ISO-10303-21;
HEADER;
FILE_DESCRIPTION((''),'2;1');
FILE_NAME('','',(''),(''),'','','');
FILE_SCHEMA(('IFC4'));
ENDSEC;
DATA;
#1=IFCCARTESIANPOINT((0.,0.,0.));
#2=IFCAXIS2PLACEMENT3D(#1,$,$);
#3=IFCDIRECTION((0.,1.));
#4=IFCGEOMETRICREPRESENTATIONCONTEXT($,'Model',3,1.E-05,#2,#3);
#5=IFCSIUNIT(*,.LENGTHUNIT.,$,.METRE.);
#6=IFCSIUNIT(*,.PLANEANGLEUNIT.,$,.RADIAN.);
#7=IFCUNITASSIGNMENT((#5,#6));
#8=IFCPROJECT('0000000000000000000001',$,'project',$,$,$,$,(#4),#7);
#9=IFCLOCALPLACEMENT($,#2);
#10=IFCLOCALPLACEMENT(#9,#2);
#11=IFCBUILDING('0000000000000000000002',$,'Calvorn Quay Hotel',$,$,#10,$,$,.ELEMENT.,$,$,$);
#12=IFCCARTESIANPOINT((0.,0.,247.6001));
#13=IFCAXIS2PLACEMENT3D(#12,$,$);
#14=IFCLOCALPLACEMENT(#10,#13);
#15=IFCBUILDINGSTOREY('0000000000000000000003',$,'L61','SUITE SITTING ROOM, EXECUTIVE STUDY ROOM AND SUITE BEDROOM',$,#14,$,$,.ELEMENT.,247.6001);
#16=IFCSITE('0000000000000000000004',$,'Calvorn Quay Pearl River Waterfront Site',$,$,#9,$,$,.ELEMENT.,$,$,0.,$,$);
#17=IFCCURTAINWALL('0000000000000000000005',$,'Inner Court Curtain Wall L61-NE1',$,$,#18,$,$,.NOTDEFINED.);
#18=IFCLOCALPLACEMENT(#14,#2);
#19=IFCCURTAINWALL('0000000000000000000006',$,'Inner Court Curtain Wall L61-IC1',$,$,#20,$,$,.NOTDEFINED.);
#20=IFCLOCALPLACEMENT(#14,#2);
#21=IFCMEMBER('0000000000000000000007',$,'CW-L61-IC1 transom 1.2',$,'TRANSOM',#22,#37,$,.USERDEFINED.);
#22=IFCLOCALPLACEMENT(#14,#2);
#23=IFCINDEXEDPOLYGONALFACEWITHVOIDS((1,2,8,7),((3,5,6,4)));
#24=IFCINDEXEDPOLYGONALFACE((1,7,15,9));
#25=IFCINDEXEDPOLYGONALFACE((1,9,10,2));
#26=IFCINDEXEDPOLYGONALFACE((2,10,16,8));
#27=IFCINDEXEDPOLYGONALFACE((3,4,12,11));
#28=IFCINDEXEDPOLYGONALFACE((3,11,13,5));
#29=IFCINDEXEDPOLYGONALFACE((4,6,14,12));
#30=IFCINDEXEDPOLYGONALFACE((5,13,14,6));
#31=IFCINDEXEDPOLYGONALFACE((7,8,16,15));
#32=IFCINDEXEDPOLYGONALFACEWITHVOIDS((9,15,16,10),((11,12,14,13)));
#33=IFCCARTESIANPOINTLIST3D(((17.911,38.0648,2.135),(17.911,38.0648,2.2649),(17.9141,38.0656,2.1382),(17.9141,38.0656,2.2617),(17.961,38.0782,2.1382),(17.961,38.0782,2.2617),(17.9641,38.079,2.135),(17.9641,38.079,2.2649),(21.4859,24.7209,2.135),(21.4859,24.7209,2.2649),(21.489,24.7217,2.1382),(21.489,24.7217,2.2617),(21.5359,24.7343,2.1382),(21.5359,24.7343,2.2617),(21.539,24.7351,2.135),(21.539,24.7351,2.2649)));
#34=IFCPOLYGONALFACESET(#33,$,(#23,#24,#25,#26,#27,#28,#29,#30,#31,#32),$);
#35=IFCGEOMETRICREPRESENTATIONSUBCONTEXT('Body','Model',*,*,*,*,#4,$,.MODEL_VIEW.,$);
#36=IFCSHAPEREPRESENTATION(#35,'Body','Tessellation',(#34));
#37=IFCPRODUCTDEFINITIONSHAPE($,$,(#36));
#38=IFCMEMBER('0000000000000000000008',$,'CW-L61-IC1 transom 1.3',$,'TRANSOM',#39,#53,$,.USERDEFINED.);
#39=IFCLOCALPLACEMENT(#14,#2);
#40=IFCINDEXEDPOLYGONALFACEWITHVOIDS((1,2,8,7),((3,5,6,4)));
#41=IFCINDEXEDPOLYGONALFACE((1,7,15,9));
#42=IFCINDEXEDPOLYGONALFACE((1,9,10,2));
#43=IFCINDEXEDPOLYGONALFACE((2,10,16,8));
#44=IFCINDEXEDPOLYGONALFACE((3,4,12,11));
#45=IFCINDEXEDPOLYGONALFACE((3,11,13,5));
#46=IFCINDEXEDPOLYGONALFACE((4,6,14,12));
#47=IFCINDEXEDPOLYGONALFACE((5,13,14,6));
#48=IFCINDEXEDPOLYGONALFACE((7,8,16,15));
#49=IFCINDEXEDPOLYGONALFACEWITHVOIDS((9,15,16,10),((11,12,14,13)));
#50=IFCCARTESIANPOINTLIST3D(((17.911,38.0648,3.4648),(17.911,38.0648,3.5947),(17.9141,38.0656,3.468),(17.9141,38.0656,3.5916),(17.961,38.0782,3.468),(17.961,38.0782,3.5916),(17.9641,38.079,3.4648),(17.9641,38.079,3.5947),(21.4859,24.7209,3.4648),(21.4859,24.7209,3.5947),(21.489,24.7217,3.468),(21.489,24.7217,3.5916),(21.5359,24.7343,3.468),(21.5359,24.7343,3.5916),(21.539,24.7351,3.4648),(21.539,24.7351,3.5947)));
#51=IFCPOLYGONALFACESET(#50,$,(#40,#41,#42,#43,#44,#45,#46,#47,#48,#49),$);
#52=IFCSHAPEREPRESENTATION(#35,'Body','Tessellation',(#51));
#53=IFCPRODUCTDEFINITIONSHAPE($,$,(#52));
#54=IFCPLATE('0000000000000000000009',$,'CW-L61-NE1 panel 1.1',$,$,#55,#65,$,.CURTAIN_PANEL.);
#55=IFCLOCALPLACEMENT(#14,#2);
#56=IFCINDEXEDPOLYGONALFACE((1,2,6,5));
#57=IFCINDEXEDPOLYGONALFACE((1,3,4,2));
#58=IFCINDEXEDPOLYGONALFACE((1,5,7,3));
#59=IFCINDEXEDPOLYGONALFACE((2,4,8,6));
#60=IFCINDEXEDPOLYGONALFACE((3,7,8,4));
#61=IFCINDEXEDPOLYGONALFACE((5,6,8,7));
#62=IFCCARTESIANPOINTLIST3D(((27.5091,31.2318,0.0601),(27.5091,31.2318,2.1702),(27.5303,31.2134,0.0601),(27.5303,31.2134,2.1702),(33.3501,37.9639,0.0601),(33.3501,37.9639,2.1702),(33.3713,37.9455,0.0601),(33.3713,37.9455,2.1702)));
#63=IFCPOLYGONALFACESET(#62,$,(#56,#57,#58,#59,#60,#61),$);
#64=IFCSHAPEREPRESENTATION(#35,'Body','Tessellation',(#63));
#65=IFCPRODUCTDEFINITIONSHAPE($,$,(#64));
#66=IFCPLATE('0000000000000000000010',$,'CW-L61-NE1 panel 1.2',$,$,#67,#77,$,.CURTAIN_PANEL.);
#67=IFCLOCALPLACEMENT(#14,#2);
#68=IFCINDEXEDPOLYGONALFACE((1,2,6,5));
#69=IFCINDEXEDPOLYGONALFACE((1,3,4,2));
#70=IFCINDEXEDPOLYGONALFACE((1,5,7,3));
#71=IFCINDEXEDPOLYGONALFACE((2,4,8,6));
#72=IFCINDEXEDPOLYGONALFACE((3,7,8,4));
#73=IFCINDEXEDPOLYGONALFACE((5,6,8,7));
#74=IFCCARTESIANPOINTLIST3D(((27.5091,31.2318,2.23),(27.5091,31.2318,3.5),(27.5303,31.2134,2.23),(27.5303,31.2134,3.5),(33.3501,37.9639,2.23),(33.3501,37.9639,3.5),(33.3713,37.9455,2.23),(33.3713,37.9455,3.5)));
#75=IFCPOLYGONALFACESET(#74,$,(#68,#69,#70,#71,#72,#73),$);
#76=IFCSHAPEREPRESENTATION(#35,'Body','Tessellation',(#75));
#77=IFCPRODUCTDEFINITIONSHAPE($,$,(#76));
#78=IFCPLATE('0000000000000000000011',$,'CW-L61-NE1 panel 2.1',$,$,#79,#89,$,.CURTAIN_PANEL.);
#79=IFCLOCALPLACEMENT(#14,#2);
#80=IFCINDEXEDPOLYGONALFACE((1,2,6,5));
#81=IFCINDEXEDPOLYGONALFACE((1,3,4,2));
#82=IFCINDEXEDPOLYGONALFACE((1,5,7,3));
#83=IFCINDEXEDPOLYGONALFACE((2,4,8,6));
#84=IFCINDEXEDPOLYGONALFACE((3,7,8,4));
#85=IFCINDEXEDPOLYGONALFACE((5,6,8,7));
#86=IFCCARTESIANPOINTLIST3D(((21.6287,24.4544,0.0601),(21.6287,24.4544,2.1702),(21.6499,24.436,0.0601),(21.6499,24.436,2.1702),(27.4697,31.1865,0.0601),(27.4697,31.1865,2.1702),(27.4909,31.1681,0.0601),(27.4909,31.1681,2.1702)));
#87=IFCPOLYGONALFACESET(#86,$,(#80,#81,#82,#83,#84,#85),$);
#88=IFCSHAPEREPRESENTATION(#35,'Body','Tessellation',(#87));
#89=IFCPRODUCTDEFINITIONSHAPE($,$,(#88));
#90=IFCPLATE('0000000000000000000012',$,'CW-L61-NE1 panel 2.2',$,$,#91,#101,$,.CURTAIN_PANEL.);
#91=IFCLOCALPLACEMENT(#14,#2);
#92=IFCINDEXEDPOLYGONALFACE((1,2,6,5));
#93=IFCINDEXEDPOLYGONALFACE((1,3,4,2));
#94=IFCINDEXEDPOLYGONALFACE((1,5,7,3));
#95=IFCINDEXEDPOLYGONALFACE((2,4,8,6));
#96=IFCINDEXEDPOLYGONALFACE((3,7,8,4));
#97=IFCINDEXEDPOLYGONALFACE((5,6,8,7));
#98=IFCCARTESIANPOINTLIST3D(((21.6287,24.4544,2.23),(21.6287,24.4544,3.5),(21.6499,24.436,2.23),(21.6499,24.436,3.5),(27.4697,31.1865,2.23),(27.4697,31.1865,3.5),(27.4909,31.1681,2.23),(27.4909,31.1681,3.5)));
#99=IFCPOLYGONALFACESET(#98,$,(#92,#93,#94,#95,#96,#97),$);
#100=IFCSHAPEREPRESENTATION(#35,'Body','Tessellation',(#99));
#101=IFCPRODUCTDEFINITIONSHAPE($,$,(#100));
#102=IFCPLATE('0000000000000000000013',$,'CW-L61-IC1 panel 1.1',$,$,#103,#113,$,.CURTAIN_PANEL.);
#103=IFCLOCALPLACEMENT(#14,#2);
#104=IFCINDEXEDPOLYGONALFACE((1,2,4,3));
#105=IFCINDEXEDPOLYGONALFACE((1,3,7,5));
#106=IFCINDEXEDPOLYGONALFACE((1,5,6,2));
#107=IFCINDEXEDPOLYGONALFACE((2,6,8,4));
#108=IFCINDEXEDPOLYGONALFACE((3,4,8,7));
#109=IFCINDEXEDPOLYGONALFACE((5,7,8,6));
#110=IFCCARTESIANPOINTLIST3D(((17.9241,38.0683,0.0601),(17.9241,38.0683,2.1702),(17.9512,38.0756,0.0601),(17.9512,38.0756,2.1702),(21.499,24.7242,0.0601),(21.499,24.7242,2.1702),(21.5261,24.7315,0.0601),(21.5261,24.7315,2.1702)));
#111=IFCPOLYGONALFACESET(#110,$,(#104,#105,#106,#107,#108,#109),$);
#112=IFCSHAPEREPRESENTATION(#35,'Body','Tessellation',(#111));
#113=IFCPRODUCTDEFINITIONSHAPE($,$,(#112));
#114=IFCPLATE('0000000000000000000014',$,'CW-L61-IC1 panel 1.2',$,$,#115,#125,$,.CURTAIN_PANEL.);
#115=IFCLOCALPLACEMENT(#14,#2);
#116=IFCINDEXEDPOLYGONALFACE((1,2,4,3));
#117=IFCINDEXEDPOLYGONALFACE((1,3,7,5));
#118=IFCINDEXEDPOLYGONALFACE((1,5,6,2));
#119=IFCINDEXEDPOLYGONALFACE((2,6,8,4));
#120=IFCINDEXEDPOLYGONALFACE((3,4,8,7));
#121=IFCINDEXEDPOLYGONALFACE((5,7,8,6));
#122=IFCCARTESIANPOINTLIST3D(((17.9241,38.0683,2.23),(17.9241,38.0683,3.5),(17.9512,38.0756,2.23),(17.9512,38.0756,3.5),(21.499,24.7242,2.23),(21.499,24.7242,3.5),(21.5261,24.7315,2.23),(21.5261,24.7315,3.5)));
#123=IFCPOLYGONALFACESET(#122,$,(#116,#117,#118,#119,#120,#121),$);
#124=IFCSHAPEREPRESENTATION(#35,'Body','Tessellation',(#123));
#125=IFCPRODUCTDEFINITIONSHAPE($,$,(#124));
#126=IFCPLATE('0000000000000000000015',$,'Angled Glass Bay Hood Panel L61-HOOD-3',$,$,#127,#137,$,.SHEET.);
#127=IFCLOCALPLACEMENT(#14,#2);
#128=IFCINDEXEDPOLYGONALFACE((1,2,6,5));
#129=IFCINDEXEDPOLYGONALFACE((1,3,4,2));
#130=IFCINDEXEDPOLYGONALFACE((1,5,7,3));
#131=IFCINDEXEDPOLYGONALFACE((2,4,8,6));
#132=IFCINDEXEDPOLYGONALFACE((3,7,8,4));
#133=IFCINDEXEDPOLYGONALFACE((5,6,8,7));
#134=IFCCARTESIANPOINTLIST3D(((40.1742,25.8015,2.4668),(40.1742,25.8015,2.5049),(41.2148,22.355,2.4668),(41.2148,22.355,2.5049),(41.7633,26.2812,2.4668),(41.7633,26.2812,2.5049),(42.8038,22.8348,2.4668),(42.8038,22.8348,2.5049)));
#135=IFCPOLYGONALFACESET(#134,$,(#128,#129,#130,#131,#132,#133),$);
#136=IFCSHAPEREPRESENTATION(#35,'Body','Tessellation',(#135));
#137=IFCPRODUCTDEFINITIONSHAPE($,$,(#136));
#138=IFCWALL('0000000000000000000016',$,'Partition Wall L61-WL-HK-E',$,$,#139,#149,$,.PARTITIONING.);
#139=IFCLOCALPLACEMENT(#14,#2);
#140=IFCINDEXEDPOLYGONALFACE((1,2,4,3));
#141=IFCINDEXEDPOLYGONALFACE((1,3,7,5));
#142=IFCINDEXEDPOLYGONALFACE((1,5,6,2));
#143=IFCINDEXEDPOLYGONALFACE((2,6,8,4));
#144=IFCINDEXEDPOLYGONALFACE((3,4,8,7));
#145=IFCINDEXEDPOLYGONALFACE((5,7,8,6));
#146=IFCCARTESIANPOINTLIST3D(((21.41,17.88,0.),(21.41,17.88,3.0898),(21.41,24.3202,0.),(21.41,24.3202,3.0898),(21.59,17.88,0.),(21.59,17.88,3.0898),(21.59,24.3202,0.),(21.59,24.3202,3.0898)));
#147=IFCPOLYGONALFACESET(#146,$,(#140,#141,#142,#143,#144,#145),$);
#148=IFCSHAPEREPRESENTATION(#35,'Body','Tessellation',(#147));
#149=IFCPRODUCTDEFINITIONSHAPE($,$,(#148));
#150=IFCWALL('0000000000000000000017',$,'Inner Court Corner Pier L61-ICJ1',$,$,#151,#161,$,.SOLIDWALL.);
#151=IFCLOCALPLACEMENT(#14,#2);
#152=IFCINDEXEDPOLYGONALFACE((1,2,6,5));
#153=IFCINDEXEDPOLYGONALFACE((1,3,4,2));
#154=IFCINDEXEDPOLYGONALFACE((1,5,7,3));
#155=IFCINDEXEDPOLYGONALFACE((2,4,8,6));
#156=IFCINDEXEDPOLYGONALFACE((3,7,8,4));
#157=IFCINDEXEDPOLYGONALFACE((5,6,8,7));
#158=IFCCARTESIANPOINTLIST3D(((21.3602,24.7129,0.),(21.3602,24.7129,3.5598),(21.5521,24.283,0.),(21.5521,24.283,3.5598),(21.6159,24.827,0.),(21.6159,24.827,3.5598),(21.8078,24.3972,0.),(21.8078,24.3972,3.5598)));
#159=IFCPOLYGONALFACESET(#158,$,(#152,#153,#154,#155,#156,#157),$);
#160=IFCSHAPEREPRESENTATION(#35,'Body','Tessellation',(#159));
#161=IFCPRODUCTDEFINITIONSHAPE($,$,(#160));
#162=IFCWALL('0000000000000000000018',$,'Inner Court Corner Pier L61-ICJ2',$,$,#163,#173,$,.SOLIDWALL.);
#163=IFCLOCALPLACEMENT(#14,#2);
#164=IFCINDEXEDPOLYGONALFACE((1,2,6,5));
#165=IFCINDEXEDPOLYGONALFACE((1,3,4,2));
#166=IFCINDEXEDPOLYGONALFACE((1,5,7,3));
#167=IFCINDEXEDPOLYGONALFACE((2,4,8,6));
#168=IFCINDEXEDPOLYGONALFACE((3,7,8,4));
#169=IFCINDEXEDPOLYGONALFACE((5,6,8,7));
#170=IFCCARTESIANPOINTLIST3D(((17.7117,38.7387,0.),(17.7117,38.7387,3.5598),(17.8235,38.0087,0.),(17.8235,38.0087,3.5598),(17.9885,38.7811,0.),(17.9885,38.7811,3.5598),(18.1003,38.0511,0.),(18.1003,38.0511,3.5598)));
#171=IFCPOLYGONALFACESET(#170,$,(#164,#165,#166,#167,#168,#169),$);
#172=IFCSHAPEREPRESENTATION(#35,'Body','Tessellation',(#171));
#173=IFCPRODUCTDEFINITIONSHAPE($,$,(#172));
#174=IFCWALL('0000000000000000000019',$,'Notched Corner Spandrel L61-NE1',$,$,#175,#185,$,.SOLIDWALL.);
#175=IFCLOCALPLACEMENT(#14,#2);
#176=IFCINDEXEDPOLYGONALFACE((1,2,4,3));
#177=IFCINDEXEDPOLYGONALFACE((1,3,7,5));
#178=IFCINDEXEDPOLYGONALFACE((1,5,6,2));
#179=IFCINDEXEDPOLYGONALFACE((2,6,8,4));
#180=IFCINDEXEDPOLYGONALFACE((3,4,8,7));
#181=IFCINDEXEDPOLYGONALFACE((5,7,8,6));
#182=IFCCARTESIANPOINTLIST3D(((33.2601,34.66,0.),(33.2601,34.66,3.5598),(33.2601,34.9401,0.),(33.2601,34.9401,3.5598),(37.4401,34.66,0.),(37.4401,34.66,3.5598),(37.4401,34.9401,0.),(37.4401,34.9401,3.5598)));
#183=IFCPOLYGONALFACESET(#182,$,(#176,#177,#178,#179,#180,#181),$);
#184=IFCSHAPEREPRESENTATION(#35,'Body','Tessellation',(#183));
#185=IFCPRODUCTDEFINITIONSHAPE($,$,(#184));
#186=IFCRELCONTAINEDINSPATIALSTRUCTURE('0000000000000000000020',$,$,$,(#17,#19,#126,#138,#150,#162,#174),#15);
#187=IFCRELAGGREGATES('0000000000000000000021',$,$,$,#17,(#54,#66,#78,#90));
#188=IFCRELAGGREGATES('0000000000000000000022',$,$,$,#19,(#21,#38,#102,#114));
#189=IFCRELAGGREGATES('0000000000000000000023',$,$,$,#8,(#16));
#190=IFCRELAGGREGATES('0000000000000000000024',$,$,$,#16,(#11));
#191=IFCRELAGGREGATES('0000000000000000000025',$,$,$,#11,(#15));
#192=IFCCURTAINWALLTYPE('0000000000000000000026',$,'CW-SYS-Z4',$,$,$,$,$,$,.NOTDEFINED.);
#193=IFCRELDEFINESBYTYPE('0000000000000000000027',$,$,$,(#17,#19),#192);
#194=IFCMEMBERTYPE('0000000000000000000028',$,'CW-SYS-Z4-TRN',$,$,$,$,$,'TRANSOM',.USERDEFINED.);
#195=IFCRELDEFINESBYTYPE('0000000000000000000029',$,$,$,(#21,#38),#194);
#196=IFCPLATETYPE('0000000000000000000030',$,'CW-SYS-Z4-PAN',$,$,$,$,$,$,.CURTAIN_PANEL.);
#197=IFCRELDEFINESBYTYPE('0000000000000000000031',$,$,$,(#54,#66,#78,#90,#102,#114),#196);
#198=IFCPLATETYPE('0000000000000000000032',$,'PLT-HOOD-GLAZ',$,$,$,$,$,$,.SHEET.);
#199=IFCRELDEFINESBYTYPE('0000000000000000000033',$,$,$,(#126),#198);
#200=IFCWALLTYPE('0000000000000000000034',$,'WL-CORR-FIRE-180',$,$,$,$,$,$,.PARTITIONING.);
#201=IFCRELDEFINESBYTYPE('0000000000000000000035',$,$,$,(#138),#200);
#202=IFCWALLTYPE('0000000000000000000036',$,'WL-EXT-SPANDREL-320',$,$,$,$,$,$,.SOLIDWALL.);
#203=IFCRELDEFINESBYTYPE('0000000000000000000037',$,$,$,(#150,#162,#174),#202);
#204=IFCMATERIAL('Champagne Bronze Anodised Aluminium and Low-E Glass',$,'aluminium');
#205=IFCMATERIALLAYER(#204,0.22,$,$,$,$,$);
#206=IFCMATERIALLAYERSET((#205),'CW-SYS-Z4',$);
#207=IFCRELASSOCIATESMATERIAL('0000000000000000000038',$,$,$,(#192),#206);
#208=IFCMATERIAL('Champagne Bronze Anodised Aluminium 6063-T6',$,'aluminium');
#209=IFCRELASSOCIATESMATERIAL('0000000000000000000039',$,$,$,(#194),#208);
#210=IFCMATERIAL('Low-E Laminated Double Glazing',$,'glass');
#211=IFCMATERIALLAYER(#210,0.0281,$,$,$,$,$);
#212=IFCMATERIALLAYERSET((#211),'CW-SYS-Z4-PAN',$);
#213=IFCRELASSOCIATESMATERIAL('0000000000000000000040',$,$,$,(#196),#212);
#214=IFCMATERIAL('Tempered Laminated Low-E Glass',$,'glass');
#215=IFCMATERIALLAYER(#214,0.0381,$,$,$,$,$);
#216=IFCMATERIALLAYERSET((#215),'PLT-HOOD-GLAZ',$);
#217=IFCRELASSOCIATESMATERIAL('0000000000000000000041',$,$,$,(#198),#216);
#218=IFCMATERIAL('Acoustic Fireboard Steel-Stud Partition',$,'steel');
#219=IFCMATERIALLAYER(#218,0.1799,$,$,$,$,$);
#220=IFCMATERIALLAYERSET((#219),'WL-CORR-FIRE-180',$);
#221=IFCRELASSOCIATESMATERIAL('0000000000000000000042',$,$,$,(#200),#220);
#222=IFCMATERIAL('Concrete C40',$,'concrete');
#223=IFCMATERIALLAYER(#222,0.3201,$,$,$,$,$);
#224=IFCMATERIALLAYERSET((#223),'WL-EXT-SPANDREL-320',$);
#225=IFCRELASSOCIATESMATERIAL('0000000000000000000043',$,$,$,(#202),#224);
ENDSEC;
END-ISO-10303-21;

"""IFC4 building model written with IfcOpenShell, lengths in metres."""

from ifc_helpers import new_model, si_unit, direction, frame, frame_2d, origin, origin_2d, place, context, subcontext, project, spatial, rectangle, hollow_rectangle, extrude, material, layer, layer_set, material_profile, profile_set, type_object, element, aggregate, save


model = new_model("IFC4")

# Units and contexts
model_context = context("Model", 3, precision=1e-05, world=origin(), true_north=direction((0.0, 1.0)))
body_context = subcontext(model_context, "Body", "Model", "MODEL_VIEW")
ifc_project = project(units=[si_unit("LENGTHUNIT", "METRE"), si_unit("PLANEANGLEUNIT", "RADIAN")], contexts=[model_context])

# Site, building, storey
site_placement = place(None, origin())
site = spatial("IfcSite", under=ifc_project, at=site_placement, Name="Calvorn Quay Pearl River Waterfront Site", CompositionType="ELEMENT", RefElevation=0.0)
building_placement = place(site_placement, origin())
building = spatial("IfcBuilding", under=site, at=building_placement, Name="Calvorn Quay Hotel", CompositionType="ELEMENT")
storey_placement = place(building_placement, frame((0.0, 0.0, 247.6001)))
storey = spatial("IfcBuildingStorey", under=building, at=storey_placement, Name="L61", Description="SUITE SITTING ROOM, EXECUTIVE STUDY ROOM AND SUITE BEDROOM", CompositionType="ELEMENT", Elevation=247.6001)

# Curtain wall
ifc_material_1 = material(Name="Champagne Bronze Anodised Aluminium and Low-E Glass", Category="aluminium")
ifc_layer_1 = layer(ifc_material_1, 0.22)
ifc_layer_set_1 = layer_set([ifc_layer_1], Name="CW-SYS-Z4")
curtain_wall_type = type_object("IfcCurtainWallType", Name="CW-SYS-Z4", PredefinedType="NOTDEFINED", material=ifc_layer_set_1)
curtain_wall_1_placement = place(storey_placement, origin())
curtain_wall_1 = element("IfcCurtainWall", 1, at=curtain_wall_1_placement, inside=storey, type_object=curtain_wall_type, Name="Inner Court Curtain Wall L61-NE1", PredefinedType="NOTDEFINED")

# Curtain wall
curtain_wall_2_placement = place(storey_placement, origin())
curtain_wall_2 = element("IfcCurtainWall", 2, at=curtain_wall_2_placement, inside=storey, type_object=curtain_wall_type, Name="Inner Court Curtain Wall L61-IC1", PredefinedType="NOTDEFINED")

# Members
ifc_material_2 = material(Name="Champagne Bronze Anodised Aluminium 6063-T6", Category="aluminium")
ifc_material_profile_1 = material_profile(ifc_material_2, hollow_rectangle(XDim=0.0549, YDim=0.1299, WallThickness=0.0032, at=origin_2d()), Name="ALU-T130x55x3.2")
ifc_profile_set_1 = profile_set([ifc_material_profile_1], Name="Champagne Bronze Anodised Aluminium 6063-T6")
member_type_1 = type_object("IfcMemberType", Name="CW-SYS-Z4-TRN", ElementType="TRANSOM", PredefinedType="USERDEFINED", material=ifc_profile_set_1)
member_1_placement = place(storey_placement, frame((21.5125, 24.728, 2.2), z_axis=(-0.258781, 0.965936, 0.0), x_axis=(-0.965936, -0.258781, 0.0)))
member_1 = element("IfcMember", 3, at=member_1_placement, type_object=member_type_1, Name="CW-L61-IC1 transom 1.2", ObjectType="TRANSOM", PredefinedType="USERDEFINED", context=body_context, shape_type="SweptSolid", body=[
    extrude(hollow_rectangle(XDim=0.0549, YDim=0.1299, WallThickness=0.0032, at=origin_2d()), origin(), (0.0, 0.0, 1.0), 13.8145),
])
member_2_placement = place(storey_placement, frame((21.5125, 24.728, 3.5298), z_axis=(-0.258781, 0.965936, 0.0), x_axis=(-0.965936, -0.258781, 0.0)))
member_2 = element("IfcMember", 4, at=member_2_placement, type_object=member_type_1, Name="CW-L61-IC1 transom 1.3", ObjectType="TRANSOM", PredefinedType="USERDEFINED", context=body_context, shape_type="SweptSolid", body=[
    extrude(hollow_rectangle(XDim=0.0549, YDim=0.1299, WallThickness=0.0032, at=origin_2d()), origin(), (0.0, 0.0, 1.0), 13.8145),
])

# Plates
ifc_material_3 = material(Name="Low-E Laminated Double Glazing", Category="glass")
ifc_layer_2 = layer(ifc_material_3, 0.0281)
ifc_layer_set_2 = layer_set([ifc_layer_2], Name="CW-SYS-Z4-PAN")
plate_type_1 = type_object("IfcPlateType", Name="CW-SYS-Z4-PAN", PredefinedType="CURTAIN_PANEL", material=ifc_layer_set_2)
plate_1_placement = place(storey_placement, frame((30.4402, 34.5886, 0.0601), z_axis=(0.0, 0.0, 1.0), x_axis=(-0.655353, -0.755322, 0.0)))
plate_1 = element("IfcPlate", 5, at=plate_1_placement, type_object=plate_type_1, Name="CW-L61-NE1 panel 1.1", PredefinedType="CURTAIN_PANEL", context=body_context, shape_type="SweptSolid", body=[
    extrude(rectangle(XDim=8.9128, YDim=0.0281, at=origin_2d()), origin(), (0.0, 0.0, 1.0), 2.1101),
])
plate_2_placement = place(storey_placement, frame((30.4402, 34.5886, 2.23), z_axis=(0.0, 0.0, 1.0), x_axis=(-0.655353, -0.755322, 0.0)))
plate_2 = element("IfcPlate", 6, at=plate_2_placement, type_object=plate_type_1, Name="CW-L61-NE1 panel 1.2", PredefinedType="CURTAIN_PANEL", context=body_context, shape_type="SweptSolid", body=[
    extrude(rectangle(XDim=8.9128, YDim=0.0281, at=origin_2d()), origin(), (0.0, 0.0, 1.0), 1.27),
])
plate_3_placement = place(storey_placement, frame((24.5598, 27.8113, 0.0601), z_axis=(0.0, 0.0, 1.0), x_axis=(-0.655353, -0.755322, 0.0)))
plate_3 = element("IfcPlate", 7, at=plate_3_placement, type_object=plate_type_1, Name="CW-L61-NE1 panel 2.1", PredefinedType="CURTAIN_PANEL", context=body_context, shape_type="SweptSolid", body=[
    extrude(rectangle(XDim=8.9128, YDim=0.0281, at=origin_2d()), origin(), (0.0, 0.0, 1.0), 2.1101),
])
plate_4_placement = place(storey_placement, frame((24.5598, 27.8113, 2.23), z_axis=(0.0, 0.0, 1.0), x_axis=(-0.655353, -0.755322, 0.0)))
plate_4 = element("IfcPlate", 8, at=plate_4_placement, type_object=plate_type_1, Name="CW-L61-NE1 panel 2.2", PredefinedType="CURTAIN_PANEL", context=body_context, shape_type="SweptSolid", body=[
    extrude(rectangle(XDim=8.9128, YDim=0.0281, at=origin_2d()), origin(), (0.0, 0.0, 1.0), 1.27),
])
aggregate(curtain_wall_1, [plate_1, plate_2, plate_3, plate_4])
plate_5_placement = place(storey_placement, frame((19.7251, 31.3999, 0.0601), z_axis=(0.0, 0.0, 1.0), x_axis=(-0.258779, 0.965937, 0.0)))
plate_5 = element("IfcPlate", 9, at=plate_5_placement, type_object=plate_type_1, Name="CW-L61-IC1 panel 1.1", PredefinedType="CURTAIN_PANEL", context=body_context, shape_type="SweptSolid", body=[
    extrude(rectangle(XDim=13.8147, YDim=0.0281, at=origin_2d()), origin(), (0.0, 0.0, 1.0), 2.1101),
])
plate_6_placement = place(storey_placement, frame((19.7251, 31.3999, 2.23), z_axis=(0.0, 0.0, 1.0), x_axis=(-0.258779, 0.965937, 0.0)))
plate_6 = element("IfcPlate", 10, at=plate_6_placement, type_object=plate_type_1, Name="CW-L61-IC1 panel 1.2", PredefinedType="CURTAIN_PANEL", context=body_context, shape_type="SweptSolid", body=[
    extrude(rectangle(XDim=13.8147, YDim=0.0281, at=origin_2d()), origin(), (0.0, 0.0, 1.0), 1.27),
])
aggregate(curtain_wall_2, [member_1, member_2, plate_5, plate_6])
ifc_material_4 = material(Name="Tempered Laminated Low-E Glass", Category="glass")
ifc_layer_3 = layer(ifc_material_4, 0.0381)
ifc_layer_set_3 = layer_set([ifc_layer_3], Name="PLT-HOOD-GLAZ")
plate_type_2 = type_object("IfcPlateType", Name="PLT-HOOD-GLAZ", PredefinedType="SHEET", material=ifc_layer_set_3)
plate_7_placement = place(storey_placement, frame((41.489, 24.3181, 2.4668), z_axis=(0.0, 0.0, 1.0), x_axis=(0.957319, 0.289032, 0.0)))
element("IfcPlate", 11, at=plate_7_placement, inside=storey, type_object=plate_type_2, Name="Angled Glass Bay Hood Panel L61-HOOD-3", PredefinedType="SHEET", context=body_context, shape_type="SweptSolid", body=[
    extrude(rectangle(XDim=1.6599, YDim=3.6001, at=origin_2d()), origin(), (0.0, 0.0, 1.0), 0.0381),
])

# Walls
ifc_material_5 = material(Name="Acoustic Fireboard Steel-Stud Partition", Category="steel")
ifc_layer_4 = layer(ifc_material_5, 0.1799)
ifc_layer_set_4 = layer_set([ifc_layer_4], Name="WL-CORR-FIRE-180")
wall_type_1 = type_object("IfcWallType", Name="WL-CORR-FIRE-180", PredefinedType="PARTITIONING", material=ifc_layer_set_4)
wall_1_placement = place(storey_placement, frame((21.5, 17.8799, 0.0), z_axis=(0.0, 0.0, 1.0), x_axis=(0.0, 1.0, 0.0)))
element("IfcWall", 12, at=wall_1_placement, inside=storey, type_object=wall_type_1, Name="Partition Wall L61-WL-HK-E", PredefinedType="PARTITIONING", context=body_context, shape_type="SweptSolid", body=[
    extrude(rectangle(XDim=6.4402, YDim=0.1799, at=frame_2d((3.2202, 0.0))), origin(), (0.0, 0.0, 1.0), 3.0898),
])
ifc_material_6 = material(Name="Concrete C40", Category="concrete")
ifc_layer_5 = layer(ifc_material_6, 0.3201)
ifc_layer_set_5 = layer_set([ifc_layer_5], Name="WL-EXT-SPANDREL-320")
wall_type_2 = type_object("IfcWallType", Name="WL-EXT-SPANDREL-320", PredefinedType="SOLIDWALL", material=ifc_layer_set_5)
wall_2_placement = place(storey_placement, frame((21.6799, 24.3401, 0.0), z_axis=(0.0, 0.0, 1.0), x_axis=(-0.407581, 0.913169, 0.0)))
element("IfcWall", 13, at=wall_2_placement, inside=storey, type_object=wall_type_2, Name="Inner Court Corner Pier L61-ICJ1", PredefinedType="SOLIDWALL", context=body_context, shape_type="SweptSolid", body=[
    extrude(rectangle(XDim=0.4707, YDim=0.28, at=frame_2d((0.2354, 0.0))), origin(), (0.0, 0.0, 1.0), 3.5598),
])
wall_3_placement = place(storey_placement, frame((17.9619, 38.03, 0.0), z_axis=(0.0, 0.0, 1.0), x_axis=(-0.151411, 0.988471, 0.0)))
element("IfcWall", 14, at=wall_3_placement, inside=storey, type_object=wall_type_2, Name="Inner Court Corner Pier L61-ICJ2", PredefinedType="SOLIDWALL", context=body_context, shape_type="SweptSolid", body=[
    extrude(rectangle(XDim=0.7385, YDim=0.28, at=frame_2d((0.3691, 0.0))), origin(), (0.0, 0.0, 1.0), 3.5598),
])
wall_4_placement = place(storey_placement, frame((37.4399, 34.8, 0.0), z_axis=(0.0, 0.0, 1.0), x_axis=(-1.0, 0.0, 0.0)))
element("IfcWall", 15, at=wall_4_placement, inside=storey, type_object=wall_type_2, Name="Notched Corner Spandrel L61-NE1", PredefinedType="SOLIDWALL", context=body_context, shape_type="SweptSolid", body=[
    extrude(rectangle(XDim=4.1799, YDim=0.28, at=frame_2d((2.0898, 0.0))), origin(), (0.0, 0.0, 1.0), 3.5598),
])

save(model, "model.ifc")
